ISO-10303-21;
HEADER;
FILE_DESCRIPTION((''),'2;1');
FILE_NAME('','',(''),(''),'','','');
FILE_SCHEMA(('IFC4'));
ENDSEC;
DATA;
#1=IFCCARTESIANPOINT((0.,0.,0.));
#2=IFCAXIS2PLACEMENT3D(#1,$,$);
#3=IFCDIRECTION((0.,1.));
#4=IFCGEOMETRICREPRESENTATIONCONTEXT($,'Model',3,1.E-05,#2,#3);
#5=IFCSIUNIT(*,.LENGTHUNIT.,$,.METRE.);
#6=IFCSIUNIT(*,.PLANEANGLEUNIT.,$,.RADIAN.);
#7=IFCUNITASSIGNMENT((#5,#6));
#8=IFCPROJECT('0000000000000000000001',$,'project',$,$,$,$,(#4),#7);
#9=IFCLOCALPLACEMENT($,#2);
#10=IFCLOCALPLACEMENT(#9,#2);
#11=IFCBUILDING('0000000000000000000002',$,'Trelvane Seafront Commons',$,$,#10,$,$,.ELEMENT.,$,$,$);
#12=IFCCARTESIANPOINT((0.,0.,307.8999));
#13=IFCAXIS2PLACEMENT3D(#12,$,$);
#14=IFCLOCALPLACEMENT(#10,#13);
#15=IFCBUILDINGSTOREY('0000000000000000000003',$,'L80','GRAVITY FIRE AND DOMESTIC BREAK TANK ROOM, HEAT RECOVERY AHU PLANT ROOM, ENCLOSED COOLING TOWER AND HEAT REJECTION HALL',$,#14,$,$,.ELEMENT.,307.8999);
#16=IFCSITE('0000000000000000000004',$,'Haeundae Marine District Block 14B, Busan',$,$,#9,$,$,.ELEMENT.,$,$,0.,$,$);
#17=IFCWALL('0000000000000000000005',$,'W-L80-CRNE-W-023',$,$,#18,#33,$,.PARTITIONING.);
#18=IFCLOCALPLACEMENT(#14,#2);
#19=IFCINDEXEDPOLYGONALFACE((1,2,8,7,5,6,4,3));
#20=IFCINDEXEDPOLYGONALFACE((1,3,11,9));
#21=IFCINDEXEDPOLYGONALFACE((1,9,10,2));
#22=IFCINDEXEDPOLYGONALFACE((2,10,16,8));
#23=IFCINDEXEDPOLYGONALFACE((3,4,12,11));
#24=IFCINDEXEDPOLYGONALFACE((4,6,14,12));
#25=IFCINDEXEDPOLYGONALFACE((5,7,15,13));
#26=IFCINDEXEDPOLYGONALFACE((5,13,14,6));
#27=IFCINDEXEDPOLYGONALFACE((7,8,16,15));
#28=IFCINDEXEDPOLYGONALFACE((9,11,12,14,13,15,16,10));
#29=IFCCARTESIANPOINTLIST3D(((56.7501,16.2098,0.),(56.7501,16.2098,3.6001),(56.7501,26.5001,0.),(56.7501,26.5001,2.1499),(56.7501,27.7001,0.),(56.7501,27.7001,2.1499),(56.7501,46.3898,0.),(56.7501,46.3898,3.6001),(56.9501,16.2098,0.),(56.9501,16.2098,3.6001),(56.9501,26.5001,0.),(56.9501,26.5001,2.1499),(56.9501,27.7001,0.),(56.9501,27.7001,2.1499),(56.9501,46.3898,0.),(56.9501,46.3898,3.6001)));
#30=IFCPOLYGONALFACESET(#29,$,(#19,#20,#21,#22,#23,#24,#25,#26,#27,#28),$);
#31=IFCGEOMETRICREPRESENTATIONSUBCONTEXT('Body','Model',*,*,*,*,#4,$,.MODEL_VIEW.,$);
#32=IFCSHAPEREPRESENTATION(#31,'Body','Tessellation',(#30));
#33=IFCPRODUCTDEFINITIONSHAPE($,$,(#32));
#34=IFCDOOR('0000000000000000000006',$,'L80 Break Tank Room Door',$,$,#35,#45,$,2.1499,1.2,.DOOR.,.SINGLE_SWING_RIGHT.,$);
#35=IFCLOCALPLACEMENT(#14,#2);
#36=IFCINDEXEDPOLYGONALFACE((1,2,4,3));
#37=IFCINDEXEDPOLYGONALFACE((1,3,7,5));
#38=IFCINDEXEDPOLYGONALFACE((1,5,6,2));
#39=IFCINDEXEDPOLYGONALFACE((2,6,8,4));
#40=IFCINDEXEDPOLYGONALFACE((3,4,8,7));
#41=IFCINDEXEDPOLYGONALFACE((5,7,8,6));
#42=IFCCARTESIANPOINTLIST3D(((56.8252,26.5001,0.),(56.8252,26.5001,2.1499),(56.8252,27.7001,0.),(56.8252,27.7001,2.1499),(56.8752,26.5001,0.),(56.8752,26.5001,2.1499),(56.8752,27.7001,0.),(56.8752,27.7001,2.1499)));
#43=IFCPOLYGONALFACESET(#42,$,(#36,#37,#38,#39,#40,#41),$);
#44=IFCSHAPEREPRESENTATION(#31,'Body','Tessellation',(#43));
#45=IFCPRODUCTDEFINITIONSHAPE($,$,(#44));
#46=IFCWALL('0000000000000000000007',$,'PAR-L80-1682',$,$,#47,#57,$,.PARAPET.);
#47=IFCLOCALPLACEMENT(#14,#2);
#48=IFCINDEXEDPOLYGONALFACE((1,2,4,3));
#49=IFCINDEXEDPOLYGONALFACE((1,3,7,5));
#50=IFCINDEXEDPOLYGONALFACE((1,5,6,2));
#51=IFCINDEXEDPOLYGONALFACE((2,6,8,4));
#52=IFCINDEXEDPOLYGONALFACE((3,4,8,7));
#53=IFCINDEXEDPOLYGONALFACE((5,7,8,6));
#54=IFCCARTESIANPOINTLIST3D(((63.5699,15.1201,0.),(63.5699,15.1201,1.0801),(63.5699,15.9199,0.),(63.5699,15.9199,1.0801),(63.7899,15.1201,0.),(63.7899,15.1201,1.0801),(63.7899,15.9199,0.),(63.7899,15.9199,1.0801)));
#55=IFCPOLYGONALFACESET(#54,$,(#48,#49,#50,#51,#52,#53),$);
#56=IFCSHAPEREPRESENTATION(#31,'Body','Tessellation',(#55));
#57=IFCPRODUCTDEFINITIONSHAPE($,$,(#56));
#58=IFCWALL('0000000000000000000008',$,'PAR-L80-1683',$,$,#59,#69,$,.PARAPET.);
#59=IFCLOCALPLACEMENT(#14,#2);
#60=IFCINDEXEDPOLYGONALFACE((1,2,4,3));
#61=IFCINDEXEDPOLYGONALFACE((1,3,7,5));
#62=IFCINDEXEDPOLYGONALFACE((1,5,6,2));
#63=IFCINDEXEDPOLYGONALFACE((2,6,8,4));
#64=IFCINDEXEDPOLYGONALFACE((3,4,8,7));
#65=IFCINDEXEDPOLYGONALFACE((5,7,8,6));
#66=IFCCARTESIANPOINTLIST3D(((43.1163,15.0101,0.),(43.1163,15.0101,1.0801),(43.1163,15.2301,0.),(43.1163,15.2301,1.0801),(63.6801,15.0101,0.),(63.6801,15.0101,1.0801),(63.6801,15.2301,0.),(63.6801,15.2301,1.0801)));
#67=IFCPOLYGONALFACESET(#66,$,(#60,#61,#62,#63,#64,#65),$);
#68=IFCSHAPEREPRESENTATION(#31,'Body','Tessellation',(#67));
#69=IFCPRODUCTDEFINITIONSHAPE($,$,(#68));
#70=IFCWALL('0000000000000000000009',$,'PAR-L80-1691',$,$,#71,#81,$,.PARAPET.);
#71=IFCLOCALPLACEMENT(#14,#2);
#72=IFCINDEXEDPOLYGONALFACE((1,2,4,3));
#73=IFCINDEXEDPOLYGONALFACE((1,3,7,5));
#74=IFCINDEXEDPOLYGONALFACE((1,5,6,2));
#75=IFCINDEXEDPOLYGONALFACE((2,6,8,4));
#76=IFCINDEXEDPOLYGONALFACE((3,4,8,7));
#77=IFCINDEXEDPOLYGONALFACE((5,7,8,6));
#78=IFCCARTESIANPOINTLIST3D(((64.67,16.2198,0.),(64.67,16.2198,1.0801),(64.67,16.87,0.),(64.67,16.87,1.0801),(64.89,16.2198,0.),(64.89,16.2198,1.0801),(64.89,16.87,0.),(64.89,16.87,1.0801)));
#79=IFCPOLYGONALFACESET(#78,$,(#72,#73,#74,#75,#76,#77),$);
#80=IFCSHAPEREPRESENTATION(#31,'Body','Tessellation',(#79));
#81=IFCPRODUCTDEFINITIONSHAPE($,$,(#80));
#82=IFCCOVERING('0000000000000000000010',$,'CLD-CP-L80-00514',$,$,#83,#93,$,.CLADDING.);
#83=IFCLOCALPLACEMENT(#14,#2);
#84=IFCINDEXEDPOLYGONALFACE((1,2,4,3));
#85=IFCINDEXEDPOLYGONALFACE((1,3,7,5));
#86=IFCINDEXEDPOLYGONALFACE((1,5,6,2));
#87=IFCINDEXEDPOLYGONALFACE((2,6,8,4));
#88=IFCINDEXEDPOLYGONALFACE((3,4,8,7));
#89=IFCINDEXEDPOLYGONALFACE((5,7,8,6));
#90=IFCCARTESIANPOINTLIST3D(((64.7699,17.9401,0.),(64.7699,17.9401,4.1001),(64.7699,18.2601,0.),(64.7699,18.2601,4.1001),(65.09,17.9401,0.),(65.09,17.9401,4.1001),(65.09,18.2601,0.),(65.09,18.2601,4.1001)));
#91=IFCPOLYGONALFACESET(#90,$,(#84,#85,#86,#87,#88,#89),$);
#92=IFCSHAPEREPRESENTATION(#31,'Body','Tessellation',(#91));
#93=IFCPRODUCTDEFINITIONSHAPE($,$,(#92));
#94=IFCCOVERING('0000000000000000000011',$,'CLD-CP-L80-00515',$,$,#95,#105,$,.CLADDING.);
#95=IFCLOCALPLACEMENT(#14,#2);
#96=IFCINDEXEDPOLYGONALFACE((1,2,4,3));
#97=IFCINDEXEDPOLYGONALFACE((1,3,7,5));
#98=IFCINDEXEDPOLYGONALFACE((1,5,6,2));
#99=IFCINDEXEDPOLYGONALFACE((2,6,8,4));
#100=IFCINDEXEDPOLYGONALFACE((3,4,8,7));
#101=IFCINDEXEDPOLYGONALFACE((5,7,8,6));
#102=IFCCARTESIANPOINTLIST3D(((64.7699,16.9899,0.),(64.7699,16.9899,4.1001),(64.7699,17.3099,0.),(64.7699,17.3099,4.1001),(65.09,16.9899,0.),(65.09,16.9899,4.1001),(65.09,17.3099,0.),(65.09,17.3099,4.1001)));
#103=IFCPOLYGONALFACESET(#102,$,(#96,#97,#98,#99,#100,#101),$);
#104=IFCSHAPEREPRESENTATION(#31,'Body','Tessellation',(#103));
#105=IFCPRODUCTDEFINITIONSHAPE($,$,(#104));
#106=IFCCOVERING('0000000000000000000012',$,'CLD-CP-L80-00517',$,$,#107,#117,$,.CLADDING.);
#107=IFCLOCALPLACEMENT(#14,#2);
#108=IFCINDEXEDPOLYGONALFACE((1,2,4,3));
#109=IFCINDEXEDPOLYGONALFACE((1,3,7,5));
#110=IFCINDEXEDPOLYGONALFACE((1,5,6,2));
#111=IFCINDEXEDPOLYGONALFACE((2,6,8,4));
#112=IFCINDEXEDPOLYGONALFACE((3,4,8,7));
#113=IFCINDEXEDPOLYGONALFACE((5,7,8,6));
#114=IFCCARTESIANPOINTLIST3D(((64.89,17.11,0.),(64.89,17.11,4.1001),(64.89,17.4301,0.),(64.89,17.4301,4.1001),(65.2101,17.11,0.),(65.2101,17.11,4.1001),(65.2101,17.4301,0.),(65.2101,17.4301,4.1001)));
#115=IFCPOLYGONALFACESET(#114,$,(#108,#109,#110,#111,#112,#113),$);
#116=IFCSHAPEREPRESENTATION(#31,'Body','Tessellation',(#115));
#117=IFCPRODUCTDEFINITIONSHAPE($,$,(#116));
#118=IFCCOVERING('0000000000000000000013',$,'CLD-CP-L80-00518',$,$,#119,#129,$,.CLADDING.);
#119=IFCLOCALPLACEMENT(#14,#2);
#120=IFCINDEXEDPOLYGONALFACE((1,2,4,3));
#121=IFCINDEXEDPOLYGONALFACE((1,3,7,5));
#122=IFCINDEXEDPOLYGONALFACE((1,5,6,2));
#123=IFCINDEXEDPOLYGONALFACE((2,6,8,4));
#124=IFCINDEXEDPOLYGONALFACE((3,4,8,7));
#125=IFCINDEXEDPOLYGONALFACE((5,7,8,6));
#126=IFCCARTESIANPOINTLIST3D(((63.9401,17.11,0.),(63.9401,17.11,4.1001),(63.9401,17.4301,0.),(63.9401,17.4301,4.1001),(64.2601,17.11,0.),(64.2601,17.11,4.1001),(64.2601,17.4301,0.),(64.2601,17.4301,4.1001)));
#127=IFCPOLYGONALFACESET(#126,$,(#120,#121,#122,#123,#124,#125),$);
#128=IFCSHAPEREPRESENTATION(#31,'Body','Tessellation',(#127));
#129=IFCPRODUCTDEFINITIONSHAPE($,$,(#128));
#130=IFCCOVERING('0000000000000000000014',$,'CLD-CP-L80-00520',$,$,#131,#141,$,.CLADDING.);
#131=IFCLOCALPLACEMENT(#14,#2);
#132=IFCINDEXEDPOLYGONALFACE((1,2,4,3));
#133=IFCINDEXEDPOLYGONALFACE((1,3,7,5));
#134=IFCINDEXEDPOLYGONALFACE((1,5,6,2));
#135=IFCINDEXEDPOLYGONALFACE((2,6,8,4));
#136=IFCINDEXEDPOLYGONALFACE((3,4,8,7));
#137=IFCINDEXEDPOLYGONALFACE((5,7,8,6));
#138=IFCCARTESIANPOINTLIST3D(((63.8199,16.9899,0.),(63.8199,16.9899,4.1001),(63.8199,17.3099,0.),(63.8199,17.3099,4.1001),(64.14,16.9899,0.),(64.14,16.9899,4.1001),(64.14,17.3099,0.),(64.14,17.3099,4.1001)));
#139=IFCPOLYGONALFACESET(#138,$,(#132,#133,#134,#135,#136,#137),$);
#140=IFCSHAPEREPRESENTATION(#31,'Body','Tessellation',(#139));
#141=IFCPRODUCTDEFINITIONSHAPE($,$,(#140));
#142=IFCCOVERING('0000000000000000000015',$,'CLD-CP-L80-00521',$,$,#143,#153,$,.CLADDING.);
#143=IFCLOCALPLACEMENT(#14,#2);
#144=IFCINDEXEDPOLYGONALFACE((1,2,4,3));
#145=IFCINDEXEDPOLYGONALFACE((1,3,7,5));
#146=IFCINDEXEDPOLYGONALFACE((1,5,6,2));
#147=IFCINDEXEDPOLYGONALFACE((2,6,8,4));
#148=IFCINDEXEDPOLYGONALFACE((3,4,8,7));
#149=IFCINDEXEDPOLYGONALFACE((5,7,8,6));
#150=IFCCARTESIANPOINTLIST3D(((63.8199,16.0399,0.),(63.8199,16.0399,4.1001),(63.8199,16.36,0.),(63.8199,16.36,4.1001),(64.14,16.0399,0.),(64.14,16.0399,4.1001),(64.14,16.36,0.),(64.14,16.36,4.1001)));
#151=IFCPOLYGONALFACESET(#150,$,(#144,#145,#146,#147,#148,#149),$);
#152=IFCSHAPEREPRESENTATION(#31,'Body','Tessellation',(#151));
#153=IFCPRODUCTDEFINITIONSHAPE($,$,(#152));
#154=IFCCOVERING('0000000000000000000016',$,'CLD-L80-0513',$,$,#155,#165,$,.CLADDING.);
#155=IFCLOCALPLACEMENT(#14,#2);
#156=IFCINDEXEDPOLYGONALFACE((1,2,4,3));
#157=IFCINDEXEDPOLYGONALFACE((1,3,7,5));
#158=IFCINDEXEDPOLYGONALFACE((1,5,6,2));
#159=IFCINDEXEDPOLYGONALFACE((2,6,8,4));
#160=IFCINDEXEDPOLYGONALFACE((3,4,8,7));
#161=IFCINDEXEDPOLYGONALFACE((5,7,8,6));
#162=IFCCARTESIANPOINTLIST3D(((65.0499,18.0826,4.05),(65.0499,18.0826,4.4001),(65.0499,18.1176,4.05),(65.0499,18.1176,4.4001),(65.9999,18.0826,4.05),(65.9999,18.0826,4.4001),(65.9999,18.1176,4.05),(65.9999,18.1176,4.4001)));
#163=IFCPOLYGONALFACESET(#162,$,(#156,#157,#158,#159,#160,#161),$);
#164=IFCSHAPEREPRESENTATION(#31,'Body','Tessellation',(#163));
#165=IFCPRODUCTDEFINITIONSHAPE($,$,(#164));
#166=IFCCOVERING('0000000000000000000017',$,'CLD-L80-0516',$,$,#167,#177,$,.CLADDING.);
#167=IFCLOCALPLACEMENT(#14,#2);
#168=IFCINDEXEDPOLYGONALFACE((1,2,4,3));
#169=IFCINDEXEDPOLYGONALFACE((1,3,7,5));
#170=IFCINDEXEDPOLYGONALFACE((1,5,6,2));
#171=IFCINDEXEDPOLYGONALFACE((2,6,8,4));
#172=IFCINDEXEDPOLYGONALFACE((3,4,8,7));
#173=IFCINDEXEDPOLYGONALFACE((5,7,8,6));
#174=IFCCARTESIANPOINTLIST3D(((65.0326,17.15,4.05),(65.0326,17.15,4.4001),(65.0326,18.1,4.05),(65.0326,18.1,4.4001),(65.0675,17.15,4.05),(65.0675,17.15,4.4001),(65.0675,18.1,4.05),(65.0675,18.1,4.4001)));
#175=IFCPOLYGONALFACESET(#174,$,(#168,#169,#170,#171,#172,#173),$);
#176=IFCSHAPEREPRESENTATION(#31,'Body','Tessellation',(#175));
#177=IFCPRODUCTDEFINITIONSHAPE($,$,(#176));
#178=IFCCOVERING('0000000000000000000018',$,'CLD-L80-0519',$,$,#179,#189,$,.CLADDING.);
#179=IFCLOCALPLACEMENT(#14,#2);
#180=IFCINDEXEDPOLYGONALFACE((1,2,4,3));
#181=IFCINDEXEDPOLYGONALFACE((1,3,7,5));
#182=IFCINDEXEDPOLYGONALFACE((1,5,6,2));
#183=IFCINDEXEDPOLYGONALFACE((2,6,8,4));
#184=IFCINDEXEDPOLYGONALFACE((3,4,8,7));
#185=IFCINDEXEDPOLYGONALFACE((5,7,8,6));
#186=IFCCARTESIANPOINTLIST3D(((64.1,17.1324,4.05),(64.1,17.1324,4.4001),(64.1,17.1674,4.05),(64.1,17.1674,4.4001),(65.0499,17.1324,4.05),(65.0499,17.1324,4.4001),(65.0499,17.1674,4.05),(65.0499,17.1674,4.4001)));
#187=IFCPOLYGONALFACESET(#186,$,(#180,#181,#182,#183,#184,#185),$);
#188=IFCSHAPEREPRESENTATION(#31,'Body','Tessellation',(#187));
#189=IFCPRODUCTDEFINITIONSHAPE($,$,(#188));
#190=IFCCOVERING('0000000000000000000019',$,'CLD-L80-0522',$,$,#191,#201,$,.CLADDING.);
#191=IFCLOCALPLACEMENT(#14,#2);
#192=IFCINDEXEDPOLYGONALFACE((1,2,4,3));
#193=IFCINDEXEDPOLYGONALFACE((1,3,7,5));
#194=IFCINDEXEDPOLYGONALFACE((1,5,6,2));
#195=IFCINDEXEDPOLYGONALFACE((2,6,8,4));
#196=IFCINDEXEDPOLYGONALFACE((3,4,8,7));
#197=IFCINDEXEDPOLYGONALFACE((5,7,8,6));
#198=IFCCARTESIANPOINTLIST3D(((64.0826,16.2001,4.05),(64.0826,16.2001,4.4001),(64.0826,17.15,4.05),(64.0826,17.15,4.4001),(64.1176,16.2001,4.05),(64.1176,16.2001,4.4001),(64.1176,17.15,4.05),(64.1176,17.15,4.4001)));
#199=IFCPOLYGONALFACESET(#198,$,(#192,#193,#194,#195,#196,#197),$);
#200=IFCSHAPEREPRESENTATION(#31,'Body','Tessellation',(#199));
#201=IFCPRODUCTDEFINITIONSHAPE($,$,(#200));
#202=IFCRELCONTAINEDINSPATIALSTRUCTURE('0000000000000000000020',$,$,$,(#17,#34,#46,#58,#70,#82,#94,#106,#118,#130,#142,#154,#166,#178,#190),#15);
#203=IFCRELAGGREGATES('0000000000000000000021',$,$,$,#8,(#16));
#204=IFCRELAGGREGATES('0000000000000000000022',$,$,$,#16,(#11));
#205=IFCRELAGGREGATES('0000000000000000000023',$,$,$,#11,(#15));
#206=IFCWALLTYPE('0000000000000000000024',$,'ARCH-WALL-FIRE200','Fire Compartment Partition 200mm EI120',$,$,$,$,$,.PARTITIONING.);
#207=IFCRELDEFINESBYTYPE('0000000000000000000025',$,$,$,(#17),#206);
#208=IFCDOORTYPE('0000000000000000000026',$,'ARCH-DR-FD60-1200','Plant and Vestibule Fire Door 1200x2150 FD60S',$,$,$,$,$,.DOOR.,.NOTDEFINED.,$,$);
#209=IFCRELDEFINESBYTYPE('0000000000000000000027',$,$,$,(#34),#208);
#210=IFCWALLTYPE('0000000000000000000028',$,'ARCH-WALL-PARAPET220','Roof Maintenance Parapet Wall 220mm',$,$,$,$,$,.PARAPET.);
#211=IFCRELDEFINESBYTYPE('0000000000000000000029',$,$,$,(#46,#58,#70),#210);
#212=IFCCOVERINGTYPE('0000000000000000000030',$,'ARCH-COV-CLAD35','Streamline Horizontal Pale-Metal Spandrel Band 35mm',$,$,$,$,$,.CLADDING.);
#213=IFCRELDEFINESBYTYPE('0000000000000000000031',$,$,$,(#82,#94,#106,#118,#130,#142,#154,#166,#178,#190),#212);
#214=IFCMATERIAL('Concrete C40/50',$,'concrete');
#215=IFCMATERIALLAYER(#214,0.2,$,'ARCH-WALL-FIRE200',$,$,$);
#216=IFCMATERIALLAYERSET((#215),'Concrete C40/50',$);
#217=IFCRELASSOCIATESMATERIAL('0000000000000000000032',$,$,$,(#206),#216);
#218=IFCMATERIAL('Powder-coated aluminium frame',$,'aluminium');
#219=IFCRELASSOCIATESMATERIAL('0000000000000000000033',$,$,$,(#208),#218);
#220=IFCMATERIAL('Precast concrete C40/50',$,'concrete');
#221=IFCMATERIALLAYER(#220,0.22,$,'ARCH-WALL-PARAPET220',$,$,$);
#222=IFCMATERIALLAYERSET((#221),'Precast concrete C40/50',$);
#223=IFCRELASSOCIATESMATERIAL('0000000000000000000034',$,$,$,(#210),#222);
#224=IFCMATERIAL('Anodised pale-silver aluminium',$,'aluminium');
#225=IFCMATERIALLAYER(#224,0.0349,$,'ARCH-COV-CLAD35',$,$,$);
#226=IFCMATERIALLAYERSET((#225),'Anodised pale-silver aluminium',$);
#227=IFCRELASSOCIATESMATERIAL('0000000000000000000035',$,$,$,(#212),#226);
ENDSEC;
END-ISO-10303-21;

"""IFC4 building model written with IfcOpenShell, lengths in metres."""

from ifc_helpers import new_model, si_unit, direction, frame, frame_2d, origin, origin_2d, place, context, subcontext, project, spatial, rectangle, extrude, source, transform, mapped, material, layer, layer_set, type_object, element, fill, save


model = new_model("IFC4")

# Units and contexts
model_context = context("Model", 3, precision=1e-05, world=origin(), true_north=direction((0.0, 1.0)))
body_context = subcontext(model_context, "Body", "Model", "MODEL_VIEW")
ifc_project = project(units=[si_unit("LENGTHUNIT", "METRE"), si_unit("PLANEANGLEUNIT", "RADIAN")], contexts=[model_context])

# Site, building, storey
site_placement = place(None, origin())
site = spatial("IfcSite", under=ifc_project, at=site_placement, Name="Haeundae Marine District Block 14B, Busan", CompositionType="ELEMENT", RefElevation=0.0)
building_placement = place(site_placement, origin())
building = spatial("IfcBuilding", under=site, at=building_placement, Name="Trelvane Seafront Commons", CompositionType="ELEMENT")
storey_placement = place(building_placement, frame((0.0, 0.0, 307.8999)))
storey = spatial("IfcBuildingStorey", under=building, at=storey_placement, Name="L80", Description="GRAVITY FIRE AND DOMESTIC BREAK TANK ROOM, HEAT RECOVERY AHU PLANT ROOM, ENCLOSED COOLING TOWER AND HEAT REJECTION HALL", CompositionType="ELEMENT", Elevation=307.8999)

# Shared definitions
ifc_material_1 = material(Name="Anodised pale-silver aluminium", Category="aluminium")

# Shared definitions
ifc_material_2 = material(Name="Precast concrete C40/50", Category="concrete")

# Wall, opening, door
ifc_material_3 = material(Name="Concrete C40/50", Category="concrete")
ifc_layer_1 = layer(ifc_material_3, 0.2, Name="ARCH-WALL-FIRE200")
ifc_layer_set_1 = layer_set([ifc_layer_1], Name="Concrete C40/50")
wall_type_1 = type_object("IfcWallType", Name="ARCH-WALL-FIRE200", Description="Fire Compartment Partition 200mm EI120", PredefinedType="PARTITIONING", material=ifc_layer_set_1)
wall_1_placement = place(storey_placement, frame((56.8501, 16.21, 0.0), z_axis=(0.0, 0.0, 1.0), x_axis=(0.0, 1.0, 0.0)))
wall_1 = element("IfcWall", 1, at=wall_1_placement, inside=storey, type_object=wall_type_1, Name="W-L80-CRNE-W-023", PredefinedType="PARTITIONING", context=body_context, shape_type="SweptSolid", body=[
    extrude(rectangle(XDim=30.1799, YDim=0.2, at=frame_2d((15.0898, 0.0))), origin(), (0.0, 0.0, 1.0), 3.6001),
])
opening_placement = place(wall_1_placement, frame((10.29, 0.0, 0.0)))
opening = element("IfcOpeningElement", 2, at=opening_placement, cuts=wall_1, PredefinedType="OPENING", context=body_context, shape_type="SweptSolid", body=[
    extrude(rectangle(XDim=1.2, YDim=2.1499, at=frame_2d((0.6001, 1.075))), frame((0.0, 0.1099, 0.0), z_axis=(0.0, -1.0, 0.0), x_axis=(1.0, 0.0, 0.0)), (0.0, 0.0, 1.0), 0.22),
])
ifc_material_4 = material(Name="Powder-coated aluminium frame", Category="aluminium")
door_type = type_object("IfcDoorType", Name="ARCH-DR-FD60-1200", Description="Plant and Vestibule Fire Door 1200x2150 FD60S", OperationType="NOTDEFINED", PredefinedType="DOOR", material=ifc_material_4)
shared_shape_1 = source(origin(), body_context, "Body", "SweptSolid", [
    extrude(rectangle(XDim=1.2, YDim=2.1499, at=frame_2d((0.6001, 1.075))), frame((0.0, 0.0249, 0.0), z_axis=(0.0, -1.0, 0.0), x_axis=(1.0, 0.0, 0.0)), (0.0, 0.0, 1.0), 0.05),
])
door_placement = place(opening_placement, origin())
door = element("IfcDoor", 3, at=door_placement, inside=storey, type_object=door_type, Name="L80 Break Tank Room Door", OperationType="SINGLE_SWING_RIGHT", OverallHeight=2.1499, OverallWidth=1.2, PredefinedType="DOOR", context=body_context, shape_type="MappedRepresentation", body=[
    mapped(shared_shape_1, transform((0.0, 0.0, 0.0), x_axis=(1.0, 0.0, 0.0), y_axis=(0.0, 1.0, 0.0), z_axis=(0.0, 0.0, 1.0), scale=1.0)),
])
fill(opening, door)

# Walls
ifc_layer_2 = layer(ifc_material_2, 0.22, Name="ARCH-WALL-PARAPET220")
ifc_layer_set_2 = layer_set([ifc_layer_2], Name="Precast concrete C40/50")
wall_type_2 = type_object("IfcWallType", Name="ARCH-WALL-PARAPET220", Description="Roof Maintenance Parapet Wall 220mm", PredefinedType="PARAPET", material=ifc_layer_set_2)
wall_2_placement = place(storey_placement, frame((63.6799, 15.9199, 0.0), z_axis=(0.0, 0.0, 1.0), x_axis=(0.0, -1.0, 0.0)))
element("IfcWall", 4, at=wall_2_placement, inside=storey, type_object=wall_type_2, Name="PAR-L80-1682", PredefinedType="PARAPET", context=body_context, shape_type="SweptSolid", body=[
    extrude(rectangle(XDim=0.7998, YDim=0.22, at=frame_2d((0.3999, 0.0))), origin(), (0.0, 0.0, 1.0), 1.0801),
])
wall_3_placement = place(storey_placement, frame((63.6799, 15.1201, 0.0), z_axis=(0.0, 0.0, 1.0), x_axis=(-1.0, 0.0, 0.0)))
element("IfcWall", 5, at=wall_3_placement, inside=storey, type_object=wall_type_2, Name="PAR-L80-1683", PredefinedType="PARAPET", context=body_context, shape_type="SweptSolid", body=[
    extrude(rectangle(XDim=20.5637, YDim=0.22, at=frame_2d((10.2817, 0.0))), origin(), (0.0, 0.0, 1.0), 1.0801),
])
wall_4_placement = place(storey_placement, frame((64.78, 16.8701, 0.0), z_axis=(0.0, 0.0, 1.0), x_axis=(0.0, -1.0, 0.0)))
element("IfcWall", 6, at=wall_4_placement, inside=storey, type_object=wall_type_2, Name="PAR-L80-1691", PredefinedType="PARAPET", context=body_context, shape_type="SweptSolid", body=[
    extrude(rectangle(XDim=0.6501, YDim=0.22, at=frame_2d((0.3252, 0.0))), origin(), (0.0, 0.0, 1.0), 1.0801),
])

# Coverings
ifc_layer_3 = layer(ifc_material_1, 0.0349, Name="ARCH-COV-CLAD35")
ifc_layer_set_3 = layer_set([ifc_layer_3], Name="Anodised pale-silver aluminium")
covering_type = type_object("IfcCoveringType", Name="ARCH-COV-CLAD35", Description="Streamline Horizontal Pale-Metal Spandrel Band 35mm", PredefinedType="CLADDING", material=ifc_layer_set_3)
shared_shape_2 = source(origin(), body_context, "Body", "SweptSolid", [
    extrude(rectangle(XDim=0.3201, YDim=0.3201, at=origin_2d()), origin(), (0.0, 0.0, 1.0), 4.1001),
])
for number, where, z_axis, x_axis, name in (
    (7, (64.9299, 18.1001, 0.0), (0.0, 0.0, 1.0), (1.0, 0.0, 0.0), "CLD-CP-L80-00514"),
    (8, (64.9299, 17.1499, 0.0), (0.0, 0.0, 1.0), (1.0, 0.0, 0.0), "CLD-CP-L80-00515"),
    (9, (65.05, 17.27, 0.0), (0.0, 0.0, 1.0), (1.0, 0.0, 0.0), "CLD-CP-L80-00517"),
    (10, (64.1001, 17.27, 0.0), (0.0, 0.0, 1.0), (1.0, 0.0, 0.0), "CLD-CP-L80-00518"),
    (11, (63.98, 17.1499, 0.0), (0.0, 0.0, 1.0), (1.0, 0.0, 0.0), "CLD-CP-L80-00520"),
    (12, (63.98, 16.2, 0.0), (0.0, 0.0, 1.0), (1.0, 0.0, 0.0), "CLD-CP-L80-00521"),
):
    element("IfcCovering", number, at=place(storey_placement, frame(where, z_axis=z_axis, x_axis=x_axis)), inside=storey, type_object=covering_type, Name=name, PredefinedType="CLADDING", context=body_context, shape_type="MappedRepresentation", body=[
        mapped(shared_shape_2, transform((0.0, 0.0, 0.0), x_axis=(1.0, 0.0, 0.0), y_axis=(0.0, 1.0, 0.0), z_axis=(0.0, 0.0, 1.0), scale=1.0)),
    ])
shared_shape_3 = source(origin(), body_context, "Body", "SweptSolid", [
    extrude(rectangle(XDim=0.95, YDim=0.0349, at=origin_2d()), origin(), (0.0, 0.0, 1.0), 0.3501),
])
for number, where, z_axis, x_axis, name in (
    (13, (65.5249, 18.1001, 4.05), (0.0, 0.0, 1.0), (-1.0, 0.0, 0.0), "CLD-L80-0513"),
    (14, (65.05, 17.625, 4.05), (0.0, 0.0, 1.0), (0.0, -1.0, 0.0), "CLD-L80-0516"),
    (15, (64.575, 17.1499, 4.05), (0.0, 0.0, 1.0), (-1.0, 0.0, 0.0), "CLD-L80-0519"),
    (16, (64.1001, 16.675, 4.05), (0.0, 0.0, 1.0), (0.0, -1.0, 0.0), "CLD-L80-0522"),
):
    element("IfcCovering", number, at=place(storey_placement, frame(where, z_axis=z_axis, x_axis=x_axis)), inside=storey, type_object=covering_type, Name=name, PredefinedType="CLADDING", context=body_context, shape_type="MappedRepresentation", body=[
        mapped(shared_shape_3, transform((0.0, 0.0, 0.0), x_axis=(1.0, 0.0, 0.0), y_axis=(0.0, 1.0, 0.0), z_axis=(0.0, 0.0, 1.0), scale=1.0)),
    ])

save(model, "model.ifc")
